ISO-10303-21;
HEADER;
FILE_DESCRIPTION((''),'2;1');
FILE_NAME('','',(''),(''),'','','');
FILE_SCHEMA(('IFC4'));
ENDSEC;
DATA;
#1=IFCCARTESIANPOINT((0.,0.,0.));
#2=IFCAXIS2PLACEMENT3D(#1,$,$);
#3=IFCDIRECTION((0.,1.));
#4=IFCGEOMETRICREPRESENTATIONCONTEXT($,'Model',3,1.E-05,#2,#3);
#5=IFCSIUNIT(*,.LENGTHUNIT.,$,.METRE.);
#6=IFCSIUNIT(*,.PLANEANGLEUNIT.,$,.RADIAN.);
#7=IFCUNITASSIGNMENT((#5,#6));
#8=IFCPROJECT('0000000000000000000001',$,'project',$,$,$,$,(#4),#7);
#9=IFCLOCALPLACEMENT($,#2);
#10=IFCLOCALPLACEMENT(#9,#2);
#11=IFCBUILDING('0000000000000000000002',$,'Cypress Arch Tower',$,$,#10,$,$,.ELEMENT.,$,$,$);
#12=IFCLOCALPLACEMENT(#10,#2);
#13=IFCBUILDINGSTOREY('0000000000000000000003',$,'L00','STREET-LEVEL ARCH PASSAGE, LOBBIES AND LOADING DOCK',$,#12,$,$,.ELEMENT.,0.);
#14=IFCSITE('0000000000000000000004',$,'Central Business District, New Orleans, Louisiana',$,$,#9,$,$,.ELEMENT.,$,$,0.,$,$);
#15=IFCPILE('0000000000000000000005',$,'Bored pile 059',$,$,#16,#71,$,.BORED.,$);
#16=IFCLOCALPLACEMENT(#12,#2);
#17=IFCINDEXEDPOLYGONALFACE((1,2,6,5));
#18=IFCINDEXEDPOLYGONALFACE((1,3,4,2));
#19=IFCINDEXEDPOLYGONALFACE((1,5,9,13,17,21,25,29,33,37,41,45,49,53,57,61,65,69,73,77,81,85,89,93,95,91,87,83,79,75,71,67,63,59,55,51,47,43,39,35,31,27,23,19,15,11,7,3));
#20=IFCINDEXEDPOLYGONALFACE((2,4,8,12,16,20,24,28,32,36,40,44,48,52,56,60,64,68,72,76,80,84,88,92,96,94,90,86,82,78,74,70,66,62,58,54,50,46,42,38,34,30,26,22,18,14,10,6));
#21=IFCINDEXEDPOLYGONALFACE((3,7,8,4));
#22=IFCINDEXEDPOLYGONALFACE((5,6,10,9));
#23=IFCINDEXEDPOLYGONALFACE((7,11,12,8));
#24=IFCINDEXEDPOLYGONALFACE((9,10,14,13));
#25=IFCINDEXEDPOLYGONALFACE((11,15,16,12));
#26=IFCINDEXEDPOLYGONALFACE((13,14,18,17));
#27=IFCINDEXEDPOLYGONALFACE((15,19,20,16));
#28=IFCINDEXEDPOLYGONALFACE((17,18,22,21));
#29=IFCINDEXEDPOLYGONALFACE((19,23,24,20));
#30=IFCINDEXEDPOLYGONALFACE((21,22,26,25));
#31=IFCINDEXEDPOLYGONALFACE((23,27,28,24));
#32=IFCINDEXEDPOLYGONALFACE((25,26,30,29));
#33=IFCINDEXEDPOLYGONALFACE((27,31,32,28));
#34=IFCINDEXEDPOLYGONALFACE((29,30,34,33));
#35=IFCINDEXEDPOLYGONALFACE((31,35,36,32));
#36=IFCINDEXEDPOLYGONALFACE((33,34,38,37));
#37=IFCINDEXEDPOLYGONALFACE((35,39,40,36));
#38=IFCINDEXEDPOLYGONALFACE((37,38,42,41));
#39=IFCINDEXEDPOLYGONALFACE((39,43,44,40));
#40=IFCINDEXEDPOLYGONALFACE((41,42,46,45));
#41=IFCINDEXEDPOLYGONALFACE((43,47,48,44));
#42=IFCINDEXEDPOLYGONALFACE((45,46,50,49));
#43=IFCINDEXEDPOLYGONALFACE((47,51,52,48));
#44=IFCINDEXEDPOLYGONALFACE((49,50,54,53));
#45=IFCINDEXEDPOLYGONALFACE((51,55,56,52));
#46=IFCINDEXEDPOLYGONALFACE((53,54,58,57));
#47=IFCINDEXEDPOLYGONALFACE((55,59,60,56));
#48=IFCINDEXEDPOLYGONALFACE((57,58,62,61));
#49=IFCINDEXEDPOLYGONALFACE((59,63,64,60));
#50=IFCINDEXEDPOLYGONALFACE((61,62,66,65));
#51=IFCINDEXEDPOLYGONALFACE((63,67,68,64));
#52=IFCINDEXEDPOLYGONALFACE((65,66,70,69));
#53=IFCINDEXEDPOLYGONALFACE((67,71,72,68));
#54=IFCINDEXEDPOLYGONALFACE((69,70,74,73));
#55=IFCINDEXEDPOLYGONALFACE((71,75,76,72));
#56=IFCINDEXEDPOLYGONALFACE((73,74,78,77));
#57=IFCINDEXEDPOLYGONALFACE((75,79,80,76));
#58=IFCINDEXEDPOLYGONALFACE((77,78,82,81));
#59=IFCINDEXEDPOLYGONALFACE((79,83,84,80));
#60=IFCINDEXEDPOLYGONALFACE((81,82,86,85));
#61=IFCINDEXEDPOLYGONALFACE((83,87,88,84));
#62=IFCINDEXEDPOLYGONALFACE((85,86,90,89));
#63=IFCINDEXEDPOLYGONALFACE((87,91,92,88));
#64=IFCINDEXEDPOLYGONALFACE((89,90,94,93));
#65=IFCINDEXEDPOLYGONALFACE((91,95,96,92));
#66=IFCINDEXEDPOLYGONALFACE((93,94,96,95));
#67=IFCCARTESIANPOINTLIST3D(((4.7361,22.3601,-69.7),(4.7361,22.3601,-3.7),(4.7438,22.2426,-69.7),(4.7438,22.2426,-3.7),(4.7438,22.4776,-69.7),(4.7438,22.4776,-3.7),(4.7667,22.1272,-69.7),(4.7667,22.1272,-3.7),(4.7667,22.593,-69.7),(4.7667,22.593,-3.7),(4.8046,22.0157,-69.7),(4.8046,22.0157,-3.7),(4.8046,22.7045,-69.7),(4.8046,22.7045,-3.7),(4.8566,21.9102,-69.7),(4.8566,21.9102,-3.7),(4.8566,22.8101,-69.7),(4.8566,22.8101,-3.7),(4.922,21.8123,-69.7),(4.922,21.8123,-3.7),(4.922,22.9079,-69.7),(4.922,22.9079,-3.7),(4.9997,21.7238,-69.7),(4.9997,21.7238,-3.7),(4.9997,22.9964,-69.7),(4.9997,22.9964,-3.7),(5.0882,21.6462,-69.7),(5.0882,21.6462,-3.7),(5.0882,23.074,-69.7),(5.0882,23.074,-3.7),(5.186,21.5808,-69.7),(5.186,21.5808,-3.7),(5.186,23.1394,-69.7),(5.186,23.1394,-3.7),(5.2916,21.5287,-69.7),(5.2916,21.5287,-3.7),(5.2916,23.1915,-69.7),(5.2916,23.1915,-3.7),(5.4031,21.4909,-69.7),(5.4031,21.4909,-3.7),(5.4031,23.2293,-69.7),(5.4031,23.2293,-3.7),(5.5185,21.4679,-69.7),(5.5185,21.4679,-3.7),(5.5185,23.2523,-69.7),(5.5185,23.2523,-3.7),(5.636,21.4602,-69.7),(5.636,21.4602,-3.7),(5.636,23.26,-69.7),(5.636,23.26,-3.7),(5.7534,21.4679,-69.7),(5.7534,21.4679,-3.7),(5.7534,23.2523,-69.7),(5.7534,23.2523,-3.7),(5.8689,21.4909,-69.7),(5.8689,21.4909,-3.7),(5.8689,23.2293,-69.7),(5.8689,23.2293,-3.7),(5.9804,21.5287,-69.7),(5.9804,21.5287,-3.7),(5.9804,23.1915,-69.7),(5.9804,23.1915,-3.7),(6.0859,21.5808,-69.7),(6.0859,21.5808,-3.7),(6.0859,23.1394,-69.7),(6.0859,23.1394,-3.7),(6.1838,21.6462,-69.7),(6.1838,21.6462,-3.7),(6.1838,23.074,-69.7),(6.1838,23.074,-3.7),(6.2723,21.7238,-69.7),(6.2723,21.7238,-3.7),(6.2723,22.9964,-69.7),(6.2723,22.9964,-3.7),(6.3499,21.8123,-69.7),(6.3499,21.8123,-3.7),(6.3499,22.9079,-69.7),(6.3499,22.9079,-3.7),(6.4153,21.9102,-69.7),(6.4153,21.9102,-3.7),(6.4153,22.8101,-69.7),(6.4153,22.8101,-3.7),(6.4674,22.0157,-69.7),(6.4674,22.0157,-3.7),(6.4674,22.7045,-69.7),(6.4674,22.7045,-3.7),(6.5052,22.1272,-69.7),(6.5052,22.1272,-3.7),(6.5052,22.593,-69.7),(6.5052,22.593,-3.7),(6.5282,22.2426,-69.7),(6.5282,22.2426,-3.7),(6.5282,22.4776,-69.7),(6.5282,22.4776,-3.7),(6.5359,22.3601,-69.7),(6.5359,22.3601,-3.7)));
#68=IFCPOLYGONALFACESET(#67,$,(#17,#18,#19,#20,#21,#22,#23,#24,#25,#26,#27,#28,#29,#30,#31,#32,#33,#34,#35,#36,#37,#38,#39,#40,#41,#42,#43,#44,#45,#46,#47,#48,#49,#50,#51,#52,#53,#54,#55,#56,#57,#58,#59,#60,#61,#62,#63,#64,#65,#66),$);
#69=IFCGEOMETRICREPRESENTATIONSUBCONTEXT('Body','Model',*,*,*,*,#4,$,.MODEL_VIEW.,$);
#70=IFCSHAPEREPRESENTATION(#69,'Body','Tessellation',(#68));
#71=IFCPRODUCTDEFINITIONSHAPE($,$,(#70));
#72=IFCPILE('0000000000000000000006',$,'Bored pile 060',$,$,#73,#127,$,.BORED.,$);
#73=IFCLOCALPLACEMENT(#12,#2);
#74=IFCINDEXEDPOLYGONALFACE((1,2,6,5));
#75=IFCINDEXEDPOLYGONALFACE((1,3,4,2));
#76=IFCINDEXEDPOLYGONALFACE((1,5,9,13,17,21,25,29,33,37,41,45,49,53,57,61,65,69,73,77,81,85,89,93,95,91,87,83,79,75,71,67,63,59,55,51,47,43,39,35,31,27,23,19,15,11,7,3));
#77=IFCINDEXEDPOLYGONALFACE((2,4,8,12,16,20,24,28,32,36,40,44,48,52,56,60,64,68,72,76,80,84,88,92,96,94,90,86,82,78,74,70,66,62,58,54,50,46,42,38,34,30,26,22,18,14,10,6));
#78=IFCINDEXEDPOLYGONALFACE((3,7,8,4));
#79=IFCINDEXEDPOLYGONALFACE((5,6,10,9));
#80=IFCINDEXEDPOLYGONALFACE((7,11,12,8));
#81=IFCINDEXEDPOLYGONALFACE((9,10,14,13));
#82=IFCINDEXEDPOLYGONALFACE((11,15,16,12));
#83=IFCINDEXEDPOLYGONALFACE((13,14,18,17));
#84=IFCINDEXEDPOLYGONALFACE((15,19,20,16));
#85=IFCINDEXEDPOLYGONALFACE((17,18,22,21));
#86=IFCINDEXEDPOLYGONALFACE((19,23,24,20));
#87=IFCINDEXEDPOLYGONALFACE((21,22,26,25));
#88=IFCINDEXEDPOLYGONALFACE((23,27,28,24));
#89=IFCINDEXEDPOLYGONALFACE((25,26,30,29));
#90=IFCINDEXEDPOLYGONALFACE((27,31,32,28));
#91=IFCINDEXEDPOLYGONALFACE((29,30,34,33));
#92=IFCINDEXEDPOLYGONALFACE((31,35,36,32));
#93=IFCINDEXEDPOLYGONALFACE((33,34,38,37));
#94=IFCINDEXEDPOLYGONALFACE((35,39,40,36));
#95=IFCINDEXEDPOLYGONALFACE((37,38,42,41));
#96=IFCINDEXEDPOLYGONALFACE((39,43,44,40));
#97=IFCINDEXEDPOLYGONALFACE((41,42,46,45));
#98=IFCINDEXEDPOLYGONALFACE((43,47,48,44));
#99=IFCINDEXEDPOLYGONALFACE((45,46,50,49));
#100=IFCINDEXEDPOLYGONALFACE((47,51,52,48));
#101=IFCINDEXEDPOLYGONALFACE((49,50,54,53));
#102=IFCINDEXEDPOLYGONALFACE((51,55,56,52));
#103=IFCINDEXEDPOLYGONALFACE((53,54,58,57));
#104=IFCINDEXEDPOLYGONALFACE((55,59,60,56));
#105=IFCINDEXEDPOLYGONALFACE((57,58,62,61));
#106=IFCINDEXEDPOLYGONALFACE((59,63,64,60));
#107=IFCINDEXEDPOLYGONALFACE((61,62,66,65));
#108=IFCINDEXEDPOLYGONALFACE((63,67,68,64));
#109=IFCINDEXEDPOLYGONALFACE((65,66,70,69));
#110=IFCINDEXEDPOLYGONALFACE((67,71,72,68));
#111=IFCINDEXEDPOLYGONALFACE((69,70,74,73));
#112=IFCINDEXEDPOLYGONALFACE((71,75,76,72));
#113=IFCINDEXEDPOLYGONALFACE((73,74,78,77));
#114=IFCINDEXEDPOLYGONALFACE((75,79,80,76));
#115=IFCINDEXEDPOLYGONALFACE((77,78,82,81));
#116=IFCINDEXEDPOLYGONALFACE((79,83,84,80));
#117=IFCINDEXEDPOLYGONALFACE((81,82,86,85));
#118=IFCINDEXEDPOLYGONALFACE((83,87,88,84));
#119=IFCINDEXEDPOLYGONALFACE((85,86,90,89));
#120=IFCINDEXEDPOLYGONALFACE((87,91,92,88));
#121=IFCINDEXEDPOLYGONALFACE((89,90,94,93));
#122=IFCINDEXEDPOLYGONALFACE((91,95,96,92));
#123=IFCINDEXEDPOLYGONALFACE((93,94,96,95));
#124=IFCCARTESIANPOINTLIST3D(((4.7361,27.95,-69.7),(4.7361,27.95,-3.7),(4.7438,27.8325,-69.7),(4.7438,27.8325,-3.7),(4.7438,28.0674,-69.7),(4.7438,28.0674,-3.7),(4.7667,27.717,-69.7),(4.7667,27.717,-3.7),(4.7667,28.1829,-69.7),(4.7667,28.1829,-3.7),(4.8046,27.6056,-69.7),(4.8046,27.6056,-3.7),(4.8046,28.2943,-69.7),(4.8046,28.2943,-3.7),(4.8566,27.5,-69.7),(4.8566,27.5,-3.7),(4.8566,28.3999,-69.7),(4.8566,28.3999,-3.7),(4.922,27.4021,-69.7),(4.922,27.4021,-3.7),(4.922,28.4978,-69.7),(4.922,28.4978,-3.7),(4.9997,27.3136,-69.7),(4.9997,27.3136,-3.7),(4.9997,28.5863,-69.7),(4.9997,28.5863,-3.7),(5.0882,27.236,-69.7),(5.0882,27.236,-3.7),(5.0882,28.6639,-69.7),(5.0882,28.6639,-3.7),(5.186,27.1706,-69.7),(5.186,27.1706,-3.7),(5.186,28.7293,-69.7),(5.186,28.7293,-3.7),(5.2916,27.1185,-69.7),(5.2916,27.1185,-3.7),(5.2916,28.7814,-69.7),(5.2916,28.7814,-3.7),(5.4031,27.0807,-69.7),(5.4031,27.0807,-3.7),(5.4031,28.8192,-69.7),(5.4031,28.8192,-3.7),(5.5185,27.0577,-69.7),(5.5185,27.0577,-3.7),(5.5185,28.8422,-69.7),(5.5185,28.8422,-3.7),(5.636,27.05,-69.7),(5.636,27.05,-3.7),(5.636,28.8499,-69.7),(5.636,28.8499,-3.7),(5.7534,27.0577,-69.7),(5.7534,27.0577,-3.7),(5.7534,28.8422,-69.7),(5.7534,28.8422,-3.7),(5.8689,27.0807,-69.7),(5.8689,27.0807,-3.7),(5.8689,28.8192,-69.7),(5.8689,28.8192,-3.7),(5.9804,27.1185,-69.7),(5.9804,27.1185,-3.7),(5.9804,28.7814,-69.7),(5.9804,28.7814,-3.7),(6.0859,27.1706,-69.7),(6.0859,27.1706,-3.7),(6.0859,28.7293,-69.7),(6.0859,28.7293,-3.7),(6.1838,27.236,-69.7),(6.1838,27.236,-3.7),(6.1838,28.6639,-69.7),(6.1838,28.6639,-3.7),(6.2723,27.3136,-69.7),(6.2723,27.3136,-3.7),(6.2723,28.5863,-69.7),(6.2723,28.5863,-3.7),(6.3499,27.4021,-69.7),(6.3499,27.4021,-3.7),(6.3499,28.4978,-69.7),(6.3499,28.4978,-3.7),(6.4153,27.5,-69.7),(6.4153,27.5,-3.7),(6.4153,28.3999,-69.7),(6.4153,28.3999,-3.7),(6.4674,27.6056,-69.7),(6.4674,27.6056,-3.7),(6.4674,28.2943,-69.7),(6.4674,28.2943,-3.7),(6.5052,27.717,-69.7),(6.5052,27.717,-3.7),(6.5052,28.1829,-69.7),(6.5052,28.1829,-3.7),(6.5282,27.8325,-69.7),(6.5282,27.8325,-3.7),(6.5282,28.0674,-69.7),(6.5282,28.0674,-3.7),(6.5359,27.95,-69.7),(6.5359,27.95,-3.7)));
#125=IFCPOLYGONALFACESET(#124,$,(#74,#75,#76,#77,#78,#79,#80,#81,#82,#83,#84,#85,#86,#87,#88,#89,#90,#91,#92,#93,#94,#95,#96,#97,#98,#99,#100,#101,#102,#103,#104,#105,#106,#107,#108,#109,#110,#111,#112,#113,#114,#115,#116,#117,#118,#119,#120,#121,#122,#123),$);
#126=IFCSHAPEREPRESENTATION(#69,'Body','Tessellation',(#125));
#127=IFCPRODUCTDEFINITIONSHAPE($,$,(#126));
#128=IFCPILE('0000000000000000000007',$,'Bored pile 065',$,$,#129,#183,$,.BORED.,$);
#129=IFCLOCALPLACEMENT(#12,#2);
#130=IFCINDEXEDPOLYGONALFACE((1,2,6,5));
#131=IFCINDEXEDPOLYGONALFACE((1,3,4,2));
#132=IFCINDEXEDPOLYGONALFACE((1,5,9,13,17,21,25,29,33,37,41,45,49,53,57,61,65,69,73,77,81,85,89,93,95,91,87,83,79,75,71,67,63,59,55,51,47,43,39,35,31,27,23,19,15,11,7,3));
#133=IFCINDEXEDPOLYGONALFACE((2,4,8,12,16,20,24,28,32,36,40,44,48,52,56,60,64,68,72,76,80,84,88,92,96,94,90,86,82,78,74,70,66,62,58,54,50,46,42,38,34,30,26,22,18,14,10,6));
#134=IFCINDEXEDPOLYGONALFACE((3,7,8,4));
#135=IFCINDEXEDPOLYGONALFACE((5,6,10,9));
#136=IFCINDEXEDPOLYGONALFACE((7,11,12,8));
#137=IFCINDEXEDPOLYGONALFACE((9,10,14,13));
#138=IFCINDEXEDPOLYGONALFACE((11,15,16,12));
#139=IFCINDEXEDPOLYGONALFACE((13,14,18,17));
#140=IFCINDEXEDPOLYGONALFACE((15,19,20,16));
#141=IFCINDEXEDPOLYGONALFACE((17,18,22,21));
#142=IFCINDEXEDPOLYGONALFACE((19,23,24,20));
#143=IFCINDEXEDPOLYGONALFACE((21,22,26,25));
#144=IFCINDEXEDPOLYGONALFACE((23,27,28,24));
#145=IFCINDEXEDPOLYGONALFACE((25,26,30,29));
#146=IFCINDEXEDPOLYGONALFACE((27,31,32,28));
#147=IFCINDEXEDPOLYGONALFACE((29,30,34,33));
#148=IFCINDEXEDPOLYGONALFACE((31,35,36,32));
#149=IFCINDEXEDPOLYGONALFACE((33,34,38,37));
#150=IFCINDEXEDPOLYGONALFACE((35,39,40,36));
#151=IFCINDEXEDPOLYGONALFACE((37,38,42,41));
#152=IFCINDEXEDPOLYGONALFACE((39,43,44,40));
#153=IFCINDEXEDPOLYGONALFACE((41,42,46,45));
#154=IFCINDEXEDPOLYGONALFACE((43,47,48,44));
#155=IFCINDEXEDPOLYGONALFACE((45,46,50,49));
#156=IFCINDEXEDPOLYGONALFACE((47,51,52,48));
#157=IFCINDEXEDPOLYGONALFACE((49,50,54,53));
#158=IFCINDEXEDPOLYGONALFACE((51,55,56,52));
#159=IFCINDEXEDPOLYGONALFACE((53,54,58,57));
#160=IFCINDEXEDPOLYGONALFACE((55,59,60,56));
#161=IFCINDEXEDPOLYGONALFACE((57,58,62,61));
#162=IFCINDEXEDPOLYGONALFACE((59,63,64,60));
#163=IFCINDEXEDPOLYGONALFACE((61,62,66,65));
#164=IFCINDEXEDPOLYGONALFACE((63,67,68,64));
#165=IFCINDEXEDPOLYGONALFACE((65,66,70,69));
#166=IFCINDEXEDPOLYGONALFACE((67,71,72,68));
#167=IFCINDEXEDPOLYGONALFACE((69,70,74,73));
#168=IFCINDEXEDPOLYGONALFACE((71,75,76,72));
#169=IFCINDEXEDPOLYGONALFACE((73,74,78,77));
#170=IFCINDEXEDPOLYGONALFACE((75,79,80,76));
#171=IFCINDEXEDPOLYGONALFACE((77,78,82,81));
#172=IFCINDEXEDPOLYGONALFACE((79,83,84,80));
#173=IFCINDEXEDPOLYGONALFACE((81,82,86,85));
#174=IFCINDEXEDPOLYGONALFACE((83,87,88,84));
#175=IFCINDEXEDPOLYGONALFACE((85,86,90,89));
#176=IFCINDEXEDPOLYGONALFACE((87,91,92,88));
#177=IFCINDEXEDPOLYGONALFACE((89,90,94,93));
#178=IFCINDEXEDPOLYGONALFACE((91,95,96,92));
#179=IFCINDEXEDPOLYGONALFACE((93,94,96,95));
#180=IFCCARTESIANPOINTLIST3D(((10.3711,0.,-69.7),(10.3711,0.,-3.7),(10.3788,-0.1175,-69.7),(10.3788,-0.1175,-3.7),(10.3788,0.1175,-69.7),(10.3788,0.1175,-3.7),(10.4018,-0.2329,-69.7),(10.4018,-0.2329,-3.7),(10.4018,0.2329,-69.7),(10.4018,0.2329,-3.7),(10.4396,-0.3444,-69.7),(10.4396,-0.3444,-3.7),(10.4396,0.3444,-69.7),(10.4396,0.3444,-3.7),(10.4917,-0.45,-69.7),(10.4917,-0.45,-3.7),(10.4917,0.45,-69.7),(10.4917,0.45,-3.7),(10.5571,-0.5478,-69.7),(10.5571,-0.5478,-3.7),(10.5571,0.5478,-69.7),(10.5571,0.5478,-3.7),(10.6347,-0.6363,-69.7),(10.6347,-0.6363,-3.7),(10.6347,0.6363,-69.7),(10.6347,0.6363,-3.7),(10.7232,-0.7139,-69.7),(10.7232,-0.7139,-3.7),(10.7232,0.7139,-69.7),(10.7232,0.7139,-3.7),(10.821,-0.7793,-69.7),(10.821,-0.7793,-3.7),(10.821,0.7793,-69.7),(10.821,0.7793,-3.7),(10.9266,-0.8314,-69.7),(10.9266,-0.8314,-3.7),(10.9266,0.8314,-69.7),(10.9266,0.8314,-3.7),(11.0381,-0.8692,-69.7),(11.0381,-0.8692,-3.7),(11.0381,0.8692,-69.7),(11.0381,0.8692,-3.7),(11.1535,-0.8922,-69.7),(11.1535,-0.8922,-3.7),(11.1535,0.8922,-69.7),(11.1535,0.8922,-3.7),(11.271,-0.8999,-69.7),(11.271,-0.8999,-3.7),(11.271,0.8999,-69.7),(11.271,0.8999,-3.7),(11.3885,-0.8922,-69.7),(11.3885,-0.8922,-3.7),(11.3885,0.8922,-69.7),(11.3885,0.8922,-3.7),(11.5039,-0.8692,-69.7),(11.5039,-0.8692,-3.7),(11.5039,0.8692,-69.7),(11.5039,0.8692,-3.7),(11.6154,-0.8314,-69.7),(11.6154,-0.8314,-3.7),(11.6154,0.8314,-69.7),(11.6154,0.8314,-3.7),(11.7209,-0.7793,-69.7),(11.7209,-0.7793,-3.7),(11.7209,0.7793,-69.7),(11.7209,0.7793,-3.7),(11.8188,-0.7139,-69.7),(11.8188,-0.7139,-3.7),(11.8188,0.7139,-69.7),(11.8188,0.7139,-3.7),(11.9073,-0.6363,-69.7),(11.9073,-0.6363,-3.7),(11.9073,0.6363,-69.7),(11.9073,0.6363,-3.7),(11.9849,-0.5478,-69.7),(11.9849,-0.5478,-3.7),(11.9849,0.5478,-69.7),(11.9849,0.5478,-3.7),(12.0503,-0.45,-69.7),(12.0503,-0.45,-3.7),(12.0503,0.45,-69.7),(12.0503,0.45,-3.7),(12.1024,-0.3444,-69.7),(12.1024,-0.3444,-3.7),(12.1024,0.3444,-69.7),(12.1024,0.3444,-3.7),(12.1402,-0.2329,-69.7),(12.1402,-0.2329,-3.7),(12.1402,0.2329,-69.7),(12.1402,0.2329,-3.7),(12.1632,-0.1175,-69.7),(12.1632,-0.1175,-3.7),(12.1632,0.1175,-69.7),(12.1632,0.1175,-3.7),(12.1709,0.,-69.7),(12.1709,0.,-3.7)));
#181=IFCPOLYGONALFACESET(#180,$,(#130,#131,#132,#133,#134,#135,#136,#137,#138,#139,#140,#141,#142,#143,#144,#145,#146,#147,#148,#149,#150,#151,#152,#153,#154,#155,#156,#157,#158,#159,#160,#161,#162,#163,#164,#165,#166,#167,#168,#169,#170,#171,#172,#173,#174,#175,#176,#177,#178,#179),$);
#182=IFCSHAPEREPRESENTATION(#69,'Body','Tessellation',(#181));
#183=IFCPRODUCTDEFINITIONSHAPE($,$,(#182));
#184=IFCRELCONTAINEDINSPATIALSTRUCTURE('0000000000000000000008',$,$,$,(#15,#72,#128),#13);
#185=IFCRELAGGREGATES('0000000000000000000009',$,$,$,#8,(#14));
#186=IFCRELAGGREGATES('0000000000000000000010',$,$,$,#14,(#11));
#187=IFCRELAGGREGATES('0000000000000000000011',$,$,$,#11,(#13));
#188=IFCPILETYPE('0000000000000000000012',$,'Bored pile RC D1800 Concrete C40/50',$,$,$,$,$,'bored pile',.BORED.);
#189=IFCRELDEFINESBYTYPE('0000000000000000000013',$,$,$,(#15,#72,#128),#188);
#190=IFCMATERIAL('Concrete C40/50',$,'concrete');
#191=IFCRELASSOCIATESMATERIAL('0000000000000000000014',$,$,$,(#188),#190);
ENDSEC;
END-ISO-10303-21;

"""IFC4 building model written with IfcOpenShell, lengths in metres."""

from ifc_helpers import new_model, si_unit, direction, frame, origin, origin_2d, place, context, subcontext, project, spatial, circle, extrude, material, material_profile, profile_set, type_object, element, save


model = new_model("IFC4")

# Units and contexts
model_context = context("Model", 3, precision=1e-05, world=origin(), true_north=direction((0.0, 1.0)))
body_context = subcontext(model_context, "Body", "Model", "MODEL_VIEW")
ifc_project = project(units=[si_unit("LENGTHUNIT", "METRE"), si_unit("PLANEANGLEUNIT", "RADIAN")], contexts=[model_context])

# Site, building, storey
site_placement = place(None, origin())
site = spatial("IfcSite", under=ifc_project, at=site_placement, Name="Central Business District, New Orleans, Louisiana", CompositionType="ELEMENT", RefElevation=0.0)
building_placement = place(site_placement, origin())
building = spatial("IfcBuilding", under=site, at=building_placement, Name="Cypress Arch Tower", CompositionType="ELEMENT")
storey_placement = place(building_placement, origin())
storey = spatial("IfcBuildingStorey", under=building, at=storey_placement, Name="L00", Description="STREET-LEVEL ARCH PASSAGE, LOBBIES AND LOADING DOCK", CompositionType="ELEMENT", Elevation=0.0)

# Piles
ifc_material_1 = material(Name="Concrete C40/50", Category="concrete")
ifc_material_profile_1 = material_profile(ifc_material_1, circle(Radius=0.8999, at=origin_2d()), Name="RC D1800")
ifc_profile_set_1 = profile_set([ifc_material_profile_1], Name="Concrete C40/50")
pile_type = type_object("IfcPileType", Name="Bored pile RC D1800 Concrete C40/50", ElementType="bored pile", PredefinedType="BORED", material=ifc_profile_set_1)
for number, where, z_axis, x_axis, name in (
    (1, (5.636, 22.3601, -3.7), (0.0, 0.0, -1.0), (1.0, 0.0, 0.0), "Bored pile 059"),
    (2, (5.636, 27.95, -3.7), (0.0, 0.0, -1.0), (1.0, 0.0, 0.0), "Bored pile 060"),
    (3, (11.271, 0.0, -3.7), (0.0, 0.0, -1.0), (1.0, 0.0, 0.0), "Bored pile 065"),
):
    element("IfcPile", number, at=place(storey_placement, frame(where, z_axis=z_axis, x_axis=x_axis)), inside=storey, type_object=pile_type, Name=name, PredefinedType="BORED", context=body_context, shape_type="SweptSolid", body=[
        extrude(circle(Radius=0.8999, at=origin_2d()), origin(), (0.0, 0.0, 1.0), 66.0),
    ])

save(model, "model.ifc")
